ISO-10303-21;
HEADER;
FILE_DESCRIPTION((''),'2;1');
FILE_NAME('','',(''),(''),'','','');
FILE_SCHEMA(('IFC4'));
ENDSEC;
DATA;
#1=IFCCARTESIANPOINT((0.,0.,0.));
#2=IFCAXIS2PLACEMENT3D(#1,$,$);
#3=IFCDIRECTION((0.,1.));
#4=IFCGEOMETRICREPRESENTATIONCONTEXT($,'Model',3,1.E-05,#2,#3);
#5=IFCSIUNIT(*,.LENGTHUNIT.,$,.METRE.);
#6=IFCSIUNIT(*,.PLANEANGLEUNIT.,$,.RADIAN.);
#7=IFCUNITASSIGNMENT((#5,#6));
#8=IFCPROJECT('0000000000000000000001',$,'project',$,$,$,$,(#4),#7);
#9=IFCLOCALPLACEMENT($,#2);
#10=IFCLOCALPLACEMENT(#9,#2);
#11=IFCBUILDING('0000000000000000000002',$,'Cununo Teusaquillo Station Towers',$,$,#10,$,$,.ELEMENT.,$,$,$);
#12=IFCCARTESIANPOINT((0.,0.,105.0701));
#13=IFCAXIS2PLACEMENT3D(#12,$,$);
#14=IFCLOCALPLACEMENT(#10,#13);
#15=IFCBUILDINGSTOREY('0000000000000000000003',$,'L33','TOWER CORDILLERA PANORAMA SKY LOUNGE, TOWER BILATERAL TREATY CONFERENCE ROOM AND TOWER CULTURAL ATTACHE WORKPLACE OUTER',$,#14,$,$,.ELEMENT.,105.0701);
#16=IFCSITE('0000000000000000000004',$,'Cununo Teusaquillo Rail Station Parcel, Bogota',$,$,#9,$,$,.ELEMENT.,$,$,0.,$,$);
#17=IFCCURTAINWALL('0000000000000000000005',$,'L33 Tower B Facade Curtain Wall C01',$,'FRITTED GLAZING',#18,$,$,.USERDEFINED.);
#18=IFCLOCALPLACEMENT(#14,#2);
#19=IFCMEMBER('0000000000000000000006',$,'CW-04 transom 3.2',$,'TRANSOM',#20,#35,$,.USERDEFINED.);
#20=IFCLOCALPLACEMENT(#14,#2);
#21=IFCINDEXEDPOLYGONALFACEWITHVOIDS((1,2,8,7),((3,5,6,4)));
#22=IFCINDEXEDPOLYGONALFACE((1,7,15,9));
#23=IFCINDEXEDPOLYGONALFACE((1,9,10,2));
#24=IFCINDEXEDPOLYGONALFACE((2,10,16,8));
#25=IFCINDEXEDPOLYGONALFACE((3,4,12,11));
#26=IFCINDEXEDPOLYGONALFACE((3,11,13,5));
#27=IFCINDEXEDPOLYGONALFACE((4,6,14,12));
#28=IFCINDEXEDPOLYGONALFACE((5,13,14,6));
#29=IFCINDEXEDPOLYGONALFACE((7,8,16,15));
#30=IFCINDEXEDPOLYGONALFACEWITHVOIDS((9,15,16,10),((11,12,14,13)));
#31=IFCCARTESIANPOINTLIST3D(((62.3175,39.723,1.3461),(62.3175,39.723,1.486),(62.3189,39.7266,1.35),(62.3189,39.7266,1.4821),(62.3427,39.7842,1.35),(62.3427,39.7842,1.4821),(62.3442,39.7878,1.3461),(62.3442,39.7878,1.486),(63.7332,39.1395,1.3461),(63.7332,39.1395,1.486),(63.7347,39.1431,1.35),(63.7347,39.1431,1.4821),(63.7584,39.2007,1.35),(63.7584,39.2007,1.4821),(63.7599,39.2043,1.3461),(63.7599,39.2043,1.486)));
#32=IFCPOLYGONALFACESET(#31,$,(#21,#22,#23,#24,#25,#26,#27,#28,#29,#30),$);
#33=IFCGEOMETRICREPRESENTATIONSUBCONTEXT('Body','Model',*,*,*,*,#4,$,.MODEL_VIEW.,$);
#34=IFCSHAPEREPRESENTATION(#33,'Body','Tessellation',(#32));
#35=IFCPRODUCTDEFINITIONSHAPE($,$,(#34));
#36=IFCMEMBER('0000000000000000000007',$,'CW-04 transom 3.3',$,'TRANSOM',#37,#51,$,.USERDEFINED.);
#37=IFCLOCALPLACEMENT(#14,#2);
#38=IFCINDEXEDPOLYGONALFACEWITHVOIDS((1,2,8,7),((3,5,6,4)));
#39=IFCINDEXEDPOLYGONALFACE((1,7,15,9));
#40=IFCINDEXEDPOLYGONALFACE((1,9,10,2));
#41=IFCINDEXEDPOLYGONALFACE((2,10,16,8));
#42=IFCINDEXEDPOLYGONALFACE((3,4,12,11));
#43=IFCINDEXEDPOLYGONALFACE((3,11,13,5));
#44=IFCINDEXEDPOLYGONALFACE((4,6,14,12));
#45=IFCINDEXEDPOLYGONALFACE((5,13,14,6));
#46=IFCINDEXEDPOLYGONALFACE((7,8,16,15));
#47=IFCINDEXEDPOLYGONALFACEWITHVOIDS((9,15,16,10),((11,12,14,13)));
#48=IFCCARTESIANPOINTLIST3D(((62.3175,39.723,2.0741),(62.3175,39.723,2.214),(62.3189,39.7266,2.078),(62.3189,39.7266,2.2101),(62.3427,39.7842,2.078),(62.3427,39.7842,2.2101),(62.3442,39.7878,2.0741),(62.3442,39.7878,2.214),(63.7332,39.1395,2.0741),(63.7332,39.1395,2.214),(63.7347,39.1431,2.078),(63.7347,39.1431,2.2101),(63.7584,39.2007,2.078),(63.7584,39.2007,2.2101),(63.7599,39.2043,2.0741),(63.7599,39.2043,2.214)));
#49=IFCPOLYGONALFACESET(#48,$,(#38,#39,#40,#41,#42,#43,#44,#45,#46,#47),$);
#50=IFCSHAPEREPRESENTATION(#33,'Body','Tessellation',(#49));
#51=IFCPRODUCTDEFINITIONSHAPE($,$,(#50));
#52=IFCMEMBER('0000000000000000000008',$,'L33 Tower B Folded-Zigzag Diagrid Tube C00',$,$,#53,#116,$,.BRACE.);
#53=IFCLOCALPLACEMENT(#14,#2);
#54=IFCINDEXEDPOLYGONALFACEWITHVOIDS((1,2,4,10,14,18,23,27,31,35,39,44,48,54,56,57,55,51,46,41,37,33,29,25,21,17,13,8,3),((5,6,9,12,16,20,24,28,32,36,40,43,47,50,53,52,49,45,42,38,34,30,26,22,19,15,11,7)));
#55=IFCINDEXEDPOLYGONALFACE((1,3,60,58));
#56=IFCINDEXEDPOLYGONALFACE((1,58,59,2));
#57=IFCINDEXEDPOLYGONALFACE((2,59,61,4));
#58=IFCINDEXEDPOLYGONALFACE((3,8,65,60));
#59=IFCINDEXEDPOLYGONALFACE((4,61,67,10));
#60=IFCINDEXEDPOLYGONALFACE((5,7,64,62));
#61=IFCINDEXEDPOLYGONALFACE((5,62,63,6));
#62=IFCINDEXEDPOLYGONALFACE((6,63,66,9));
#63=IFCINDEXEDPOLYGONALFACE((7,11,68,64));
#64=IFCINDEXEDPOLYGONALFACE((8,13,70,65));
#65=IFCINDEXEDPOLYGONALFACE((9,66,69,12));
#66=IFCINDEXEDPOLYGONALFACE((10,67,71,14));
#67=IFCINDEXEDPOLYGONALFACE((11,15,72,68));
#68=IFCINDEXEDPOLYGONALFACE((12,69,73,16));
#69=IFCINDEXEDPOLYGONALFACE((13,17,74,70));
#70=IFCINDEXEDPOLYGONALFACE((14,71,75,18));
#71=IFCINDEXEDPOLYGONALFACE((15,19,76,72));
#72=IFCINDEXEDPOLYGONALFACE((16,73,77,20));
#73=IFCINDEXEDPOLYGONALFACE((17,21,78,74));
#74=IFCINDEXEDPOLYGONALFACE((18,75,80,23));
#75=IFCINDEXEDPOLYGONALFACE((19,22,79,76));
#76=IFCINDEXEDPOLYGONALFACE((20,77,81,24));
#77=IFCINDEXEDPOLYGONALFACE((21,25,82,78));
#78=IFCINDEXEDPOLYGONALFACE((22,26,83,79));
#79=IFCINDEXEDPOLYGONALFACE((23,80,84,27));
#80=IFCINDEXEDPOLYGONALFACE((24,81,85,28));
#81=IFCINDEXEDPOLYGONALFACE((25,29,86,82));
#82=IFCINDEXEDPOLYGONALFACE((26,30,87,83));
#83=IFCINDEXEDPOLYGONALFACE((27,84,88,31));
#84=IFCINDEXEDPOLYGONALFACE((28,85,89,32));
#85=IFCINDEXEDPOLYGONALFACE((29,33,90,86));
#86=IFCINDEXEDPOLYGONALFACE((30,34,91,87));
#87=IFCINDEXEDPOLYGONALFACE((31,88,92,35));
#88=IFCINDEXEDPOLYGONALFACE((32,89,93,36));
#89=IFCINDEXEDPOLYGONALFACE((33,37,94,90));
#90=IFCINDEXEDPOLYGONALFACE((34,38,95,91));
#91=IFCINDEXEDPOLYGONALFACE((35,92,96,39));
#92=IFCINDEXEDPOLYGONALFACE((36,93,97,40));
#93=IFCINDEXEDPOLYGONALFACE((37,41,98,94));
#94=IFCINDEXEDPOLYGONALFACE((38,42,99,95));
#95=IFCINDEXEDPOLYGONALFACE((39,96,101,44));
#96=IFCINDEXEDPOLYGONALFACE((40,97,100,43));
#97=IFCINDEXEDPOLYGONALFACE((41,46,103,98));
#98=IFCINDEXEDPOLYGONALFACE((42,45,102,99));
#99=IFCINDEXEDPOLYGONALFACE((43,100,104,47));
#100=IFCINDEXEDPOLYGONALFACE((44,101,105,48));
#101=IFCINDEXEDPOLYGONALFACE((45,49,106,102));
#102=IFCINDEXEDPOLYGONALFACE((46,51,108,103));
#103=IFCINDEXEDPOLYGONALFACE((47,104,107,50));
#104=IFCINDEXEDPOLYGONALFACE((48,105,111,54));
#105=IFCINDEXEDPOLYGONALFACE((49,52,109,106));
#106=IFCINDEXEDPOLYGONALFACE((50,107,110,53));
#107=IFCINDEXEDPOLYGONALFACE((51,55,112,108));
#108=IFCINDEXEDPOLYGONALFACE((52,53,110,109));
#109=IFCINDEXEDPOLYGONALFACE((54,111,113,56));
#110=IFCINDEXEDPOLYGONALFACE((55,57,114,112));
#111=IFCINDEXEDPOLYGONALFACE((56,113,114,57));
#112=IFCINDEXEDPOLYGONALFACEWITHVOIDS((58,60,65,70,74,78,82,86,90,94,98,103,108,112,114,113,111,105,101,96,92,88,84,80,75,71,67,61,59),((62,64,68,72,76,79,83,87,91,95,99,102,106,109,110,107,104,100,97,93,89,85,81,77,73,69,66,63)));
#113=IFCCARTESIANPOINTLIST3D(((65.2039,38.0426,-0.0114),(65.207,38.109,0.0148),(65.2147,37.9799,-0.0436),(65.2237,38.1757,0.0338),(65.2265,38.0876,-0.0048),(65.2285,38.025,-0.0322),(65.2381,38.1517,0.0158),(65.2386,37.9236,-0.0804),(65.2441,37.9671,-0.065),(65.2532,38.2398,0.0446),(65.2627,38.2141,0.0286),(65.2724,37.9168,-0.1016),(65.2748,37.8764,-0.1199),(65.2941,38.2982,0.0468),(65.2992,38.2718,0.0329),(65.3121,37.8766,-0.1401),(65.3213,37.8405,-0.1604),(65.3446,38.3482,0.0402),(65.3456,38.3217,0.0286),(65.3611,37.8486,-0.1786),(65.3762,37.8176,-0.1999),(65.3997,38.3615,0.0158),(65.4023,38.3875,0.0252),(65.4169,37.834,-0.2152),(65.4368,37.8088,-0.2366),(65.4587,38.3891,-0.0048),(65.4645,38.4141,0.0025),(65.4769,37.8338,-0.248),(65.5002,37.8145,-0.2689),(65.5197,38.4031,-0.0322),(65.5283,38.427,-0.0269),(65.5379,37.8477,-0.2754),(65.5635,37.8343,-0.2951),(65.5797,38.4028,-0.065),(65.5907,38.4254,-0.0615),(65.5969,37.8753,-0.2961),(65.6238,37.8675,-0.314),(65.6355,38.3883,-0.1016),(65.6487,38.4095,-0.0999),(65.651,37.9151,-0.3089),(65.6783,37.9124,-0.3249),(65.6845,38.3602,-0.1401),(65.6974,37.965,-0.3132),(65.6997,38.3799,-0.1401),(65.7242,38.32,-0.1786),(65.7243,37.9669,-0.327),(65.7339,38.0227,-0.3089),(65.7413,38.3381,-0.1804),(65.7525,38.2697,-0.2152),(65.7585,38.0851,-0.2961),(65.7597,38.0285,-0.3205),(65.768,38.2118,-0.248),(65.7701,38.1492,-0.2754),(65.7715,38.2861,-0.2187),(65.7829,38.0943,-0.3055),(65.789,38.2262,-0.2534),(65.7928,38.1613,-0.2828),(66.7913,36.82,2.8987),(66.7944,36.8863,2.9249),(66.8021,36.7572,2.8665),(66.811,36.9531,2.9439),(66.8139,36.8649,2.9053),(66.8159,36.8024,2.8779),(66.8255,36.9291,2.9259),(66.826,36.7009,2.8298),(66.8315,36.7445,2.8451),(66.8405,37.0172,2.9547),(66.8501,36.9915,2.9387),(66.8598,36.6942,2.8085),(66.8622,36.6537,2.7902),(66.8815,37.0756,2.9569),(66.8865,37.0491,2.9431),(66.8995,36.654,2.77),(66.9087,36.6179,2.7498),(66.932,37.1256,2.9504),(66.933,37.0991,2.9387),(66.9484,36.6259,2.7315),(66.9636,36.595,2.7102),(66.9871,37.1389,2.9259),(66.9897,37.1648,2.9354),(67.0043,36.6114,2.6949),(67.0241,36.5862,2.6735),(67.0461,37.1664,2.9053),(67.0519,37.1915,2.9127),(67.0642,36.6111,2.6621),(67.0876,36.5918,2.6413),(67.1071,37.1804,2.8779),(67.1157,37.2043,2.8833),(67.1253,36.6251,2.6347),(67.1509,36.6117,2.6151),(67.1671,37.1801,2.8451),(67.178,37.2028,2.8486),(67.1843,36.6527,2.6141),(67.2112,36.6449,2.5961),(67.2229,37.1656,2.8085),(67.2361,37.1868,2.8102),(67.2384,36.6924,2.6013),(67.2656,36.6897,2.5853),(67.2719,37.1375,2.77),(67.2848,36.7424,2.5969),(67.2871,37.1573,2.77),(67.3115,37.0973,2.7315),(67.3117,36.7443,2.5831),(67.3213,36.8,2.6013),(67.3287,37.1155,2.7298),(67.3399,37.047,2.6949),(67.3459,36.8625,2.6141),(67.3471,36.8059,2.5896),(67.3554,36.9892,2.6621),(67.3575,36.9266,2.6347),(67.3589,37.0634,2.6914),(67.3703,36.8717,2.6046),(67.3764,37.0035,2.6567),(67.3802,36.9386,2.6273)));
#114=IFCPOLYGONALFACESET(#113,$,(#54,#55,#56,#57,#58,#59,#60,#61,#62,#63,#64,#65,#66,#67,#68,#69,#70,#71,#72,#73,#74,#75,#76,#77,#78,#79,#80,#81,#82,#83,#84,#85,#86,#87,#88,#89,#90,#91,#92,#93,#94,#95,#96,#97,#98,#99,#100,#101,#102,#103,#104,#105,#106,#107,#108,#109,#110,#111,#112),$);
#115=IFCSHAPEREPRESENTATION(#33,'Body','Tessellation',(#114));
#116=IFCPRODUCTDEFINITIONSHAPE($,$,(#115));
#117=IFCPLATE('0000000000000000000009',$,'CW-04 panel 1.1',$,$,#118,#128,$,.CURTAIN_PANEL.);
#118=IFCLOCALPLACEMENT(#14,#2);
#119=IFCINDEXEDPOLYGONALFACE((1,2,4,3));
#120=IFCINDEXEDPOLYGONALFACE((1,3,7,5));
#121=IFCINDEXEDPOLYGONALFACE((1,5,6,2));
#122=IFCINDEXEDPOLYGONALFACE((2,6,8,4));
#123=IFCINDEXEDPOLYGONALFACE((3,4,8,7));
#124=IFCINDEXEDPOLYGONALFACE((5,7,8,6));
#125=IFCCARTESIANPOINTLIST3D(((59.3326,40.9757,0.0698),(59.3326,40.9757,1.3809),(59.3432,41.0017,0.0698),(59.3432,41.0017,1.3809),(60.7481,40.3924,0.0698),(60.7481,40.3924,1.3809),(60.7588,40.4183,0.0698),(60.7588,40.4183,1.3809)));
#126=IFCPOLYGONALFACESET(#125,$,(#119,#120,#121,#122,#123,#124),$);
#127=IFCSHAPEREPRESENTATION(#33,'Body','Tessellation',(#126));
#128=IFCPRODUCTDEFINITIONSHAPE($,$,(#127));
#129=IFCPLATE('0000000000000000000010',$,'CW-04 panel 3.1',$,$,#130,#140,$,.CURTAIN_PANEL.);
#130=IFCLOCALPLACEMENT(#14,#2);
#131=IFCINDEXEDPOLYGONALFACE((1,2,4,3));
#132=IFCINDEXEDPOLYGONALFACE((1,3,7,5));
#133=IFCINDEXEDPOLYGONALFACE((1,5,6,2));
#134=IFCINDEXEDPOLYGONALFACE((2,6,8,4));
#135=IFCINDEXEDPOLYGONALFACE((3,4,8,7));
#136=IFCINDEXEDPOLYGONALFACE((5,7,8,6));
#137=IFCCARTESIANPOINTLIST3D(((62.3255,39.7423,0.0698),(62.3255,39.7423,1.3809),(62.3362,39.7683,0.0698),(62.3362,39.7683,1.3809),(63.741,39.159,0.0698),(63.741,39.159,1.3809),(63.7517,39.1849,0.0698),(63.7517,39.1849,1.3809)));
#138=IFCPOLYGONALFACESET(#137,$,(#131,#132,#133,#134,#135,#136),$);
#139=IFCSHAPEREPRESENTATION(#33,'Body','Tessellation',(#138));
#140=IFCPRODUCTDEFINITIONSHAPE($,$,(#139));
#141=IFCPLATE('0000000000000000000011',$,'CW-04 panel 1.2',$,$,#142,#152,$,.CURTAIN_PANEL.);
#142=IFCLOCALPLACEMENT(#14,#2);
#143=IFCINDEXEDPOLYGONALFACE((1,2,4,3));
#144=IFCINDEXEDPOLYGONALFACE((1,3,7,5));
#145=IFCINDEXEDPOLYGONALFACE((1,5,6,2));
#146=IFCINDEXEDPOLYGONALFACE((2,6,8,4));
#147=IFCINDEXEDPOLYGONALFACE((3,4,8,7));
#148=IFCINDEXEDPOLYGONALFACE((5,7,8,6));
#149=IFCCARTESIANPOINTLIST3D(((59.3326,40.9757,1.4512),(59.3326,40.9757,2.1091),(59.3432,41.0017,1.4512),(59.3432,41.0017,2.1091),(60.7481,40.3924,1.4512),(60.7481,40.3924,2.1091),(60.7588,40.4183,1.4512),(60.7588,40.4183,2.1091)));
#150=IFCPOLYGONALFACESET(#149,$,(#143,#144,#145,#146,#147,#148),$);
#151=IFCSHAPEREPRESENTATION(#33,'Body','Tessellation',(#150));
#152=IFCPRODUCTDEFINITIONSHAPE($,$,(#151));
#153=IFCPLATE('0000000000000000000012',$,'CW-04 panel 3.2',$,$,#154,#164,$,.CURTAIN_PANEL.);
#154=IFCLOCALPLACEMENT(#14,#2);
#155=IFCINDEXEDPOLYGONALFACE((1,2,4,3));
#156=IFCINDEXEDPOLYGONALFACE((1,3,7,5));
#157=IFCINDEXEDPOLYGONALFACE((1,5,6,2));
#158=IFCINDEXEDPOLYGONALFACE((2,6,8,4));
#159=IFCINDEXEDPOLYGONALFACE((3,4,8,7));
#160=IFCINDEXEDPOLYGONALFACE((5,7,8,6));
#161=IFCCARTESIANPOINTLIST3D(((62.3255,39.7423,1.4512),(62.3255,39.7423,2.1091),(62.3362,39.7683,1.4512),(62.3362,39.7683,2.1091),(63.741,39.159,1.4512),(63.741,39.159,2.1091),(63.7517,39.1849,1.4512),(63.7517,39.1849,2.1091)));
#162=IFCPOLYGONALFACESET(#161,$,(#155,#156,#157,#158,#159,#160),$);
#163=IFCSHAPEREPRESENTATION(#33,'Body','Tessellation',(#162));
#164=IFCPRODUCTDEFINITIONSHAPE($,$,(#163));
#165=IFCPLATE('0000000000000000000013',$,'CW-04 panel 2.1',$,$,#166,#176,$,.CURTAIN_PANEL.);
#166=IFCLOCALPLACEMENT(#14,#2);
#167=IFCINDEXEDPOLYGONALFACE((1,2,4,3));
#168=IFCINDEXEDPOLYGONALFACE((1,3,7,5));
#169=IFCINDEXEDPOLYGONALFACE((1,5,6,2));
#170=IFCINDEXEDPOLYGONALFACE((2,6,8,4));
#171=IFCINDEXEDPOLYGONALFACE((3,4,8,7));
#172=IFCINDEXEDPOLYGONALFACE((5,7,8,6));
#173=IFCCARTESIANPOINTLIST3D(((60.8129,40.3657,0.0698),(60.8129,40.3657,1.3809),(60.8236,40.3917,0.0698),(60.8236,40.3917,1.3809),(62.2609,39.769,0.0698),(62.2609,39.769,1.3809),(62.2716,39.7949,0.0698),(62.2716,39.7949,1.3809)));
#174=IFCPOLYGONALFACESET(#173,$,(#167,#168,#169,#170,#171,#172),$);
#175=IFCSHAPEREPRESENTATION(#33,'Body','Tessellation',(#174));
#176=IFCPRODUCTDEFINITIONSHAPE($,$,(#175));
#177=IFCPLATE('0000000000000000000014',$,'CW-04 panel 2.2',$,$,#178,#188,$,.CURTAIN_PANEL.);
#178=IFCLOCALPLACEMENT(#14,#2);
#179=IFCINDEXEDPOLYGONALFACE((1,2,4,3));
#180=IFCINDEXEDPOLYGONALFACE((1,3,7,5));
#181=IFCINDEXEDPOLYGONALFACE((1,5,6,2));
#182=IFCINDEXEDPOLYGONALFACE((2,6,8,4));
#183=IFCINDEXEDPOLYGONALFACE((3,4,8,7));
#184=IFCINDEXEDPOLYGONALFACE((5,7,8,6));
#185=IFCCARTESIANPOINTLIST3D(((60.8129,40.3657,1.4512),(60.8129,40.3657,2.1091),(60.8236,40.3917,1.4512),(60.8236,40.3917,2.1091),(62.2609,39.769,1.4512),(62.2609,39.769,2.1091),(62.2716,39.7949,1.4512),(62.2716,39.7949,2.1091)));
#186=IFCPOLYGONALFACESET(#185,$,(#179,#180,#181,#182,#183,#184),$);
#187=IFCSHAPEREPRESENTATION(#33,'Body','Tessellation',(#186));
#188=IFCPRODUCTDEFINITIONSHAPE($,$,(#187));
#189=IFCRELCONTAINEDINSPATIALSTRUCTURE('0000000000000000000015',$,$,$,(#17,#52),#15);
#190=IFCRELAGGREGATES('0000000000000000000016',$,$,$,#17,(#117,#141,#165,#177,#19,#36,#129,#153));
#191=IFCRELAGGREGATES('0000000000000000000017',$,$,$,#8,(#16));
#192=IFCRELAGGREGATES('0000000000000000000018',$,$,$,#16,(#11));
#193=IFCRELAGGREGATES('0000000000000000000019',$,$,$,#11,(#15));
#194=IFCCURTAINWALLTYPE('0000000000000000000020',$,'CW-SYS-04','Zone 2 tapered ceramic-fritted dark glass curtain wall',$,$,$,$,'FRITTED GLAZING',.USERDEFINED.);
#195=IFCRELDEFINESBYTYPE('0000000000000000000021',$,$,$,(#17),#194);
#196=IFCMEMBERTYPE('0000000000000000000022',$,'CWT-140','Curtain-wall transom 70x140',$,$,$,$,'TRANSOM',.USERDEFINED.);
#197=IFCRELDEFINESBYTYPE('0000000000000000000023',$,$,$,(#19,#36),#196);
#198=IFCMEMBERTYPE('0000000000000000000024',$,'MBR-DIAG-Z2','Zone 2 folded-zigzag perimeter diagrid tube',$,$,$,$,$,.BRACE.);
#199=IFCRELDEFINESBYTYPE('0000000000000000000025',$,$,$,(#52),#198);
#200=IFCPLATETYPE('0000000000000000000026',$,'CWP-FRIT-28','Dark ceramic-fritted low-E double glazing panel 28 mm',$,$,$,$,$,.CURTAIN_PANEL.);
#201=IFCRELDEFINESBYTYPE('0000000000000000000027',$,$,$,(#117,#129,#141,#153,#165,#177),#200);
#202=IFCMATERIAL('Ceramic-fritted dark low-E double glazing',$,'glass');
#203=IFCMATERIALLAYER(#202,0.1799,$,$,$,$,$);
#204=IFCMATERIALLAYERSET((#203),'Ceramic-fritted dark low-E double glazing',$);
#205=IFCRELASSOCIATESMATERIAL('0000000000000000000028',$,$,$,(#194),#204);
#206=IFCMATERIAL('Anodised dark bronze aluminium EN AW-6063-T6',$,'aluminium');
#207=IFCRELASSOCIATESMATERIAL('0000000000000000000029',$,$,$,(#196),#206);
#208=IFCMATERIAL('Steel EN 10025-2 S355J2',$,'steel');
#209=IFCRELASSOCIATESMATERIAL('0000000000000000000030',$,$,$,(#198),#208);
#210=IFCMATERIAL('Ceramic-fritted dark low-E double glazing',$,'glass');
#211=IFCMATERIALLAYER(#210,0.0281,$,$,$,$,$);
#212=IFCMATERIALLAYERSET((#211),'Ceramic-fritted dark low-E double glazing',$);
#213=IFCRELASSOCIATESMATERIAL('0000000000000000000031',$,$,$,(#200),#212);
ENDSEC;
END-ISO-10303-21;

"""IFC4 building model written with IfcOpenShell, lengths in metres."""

from ifc_helpers import new_model, si_unit, direction, frame, origin, origin_2d, place, context, subcontext, project, spatial, rectangle, hollow_rectangle, hollow_circle, extrude, source, transform, mapped, material, layer, layer_set, material_profile, profile_set, type_object, element, aggregate, save


model = new_model("IFC4")

# Units and contexts
model_context = context("Model", 3, precision=1e-05, world=origin(), true_north=direction((0.0, 1.0)))
body_context = subcontext(model_context, "Body", "Model", "MODEL_VIEW")
ifc_project = project(units=[si_unit("LENGTHUNIT", "METRE"), si_unit("PLANEANGLEUNIT", "RADIAN")], contexts=[model_context])

# Site, building, storey
site_placement = place(None, origin())
site = spatial("IfcSite", under=ifc_project, at=site_placement, Name="Cununo Teusaquillo Rail Station Parcel, Bogota", CompositionType="ELEMENT", RefElevation=0.0)
building_placement = place(site_placement, origin())
building = spatial("IfcBuilding", under=site, at=building_placement, Name="Cununo Teusaquillo Station Towers", CompositionType="ELEMENT")
storey_placement = place(building_placement, frame((0.0, 0.0, 105.0701)))
storey = spatial("IfcBuildingStorey", under=building, at=storey_placement, Name="L33", Description="TOWER CORDILLERA PANORAMA SKY LOUNGE, TOWER BILATERAL TREATY CONFERENCE ROOM AND TOWER CULTURAL ATTACHE WORKPLACE OUTER", CompositionType="ELEMENT", Elevation=105.0701)

# Curtain wall, members
ifc_material_1 = material(Name="Ceramic-fritted dark low-E double glazing", Category="glass")
ifc_layer_1 = layer(ifc_material_1, 0.1799)
ifc_layer_set_1 = layer_set([ifc_layer_1], Name="Ceramic-fritted dark low-E double glazing")
curtain_wall_type = type_object("IfcCurtainWallType", Name="CW-SYS-04", Description="Zone 2 tapered ceramic-fritted dark glass curtain wall", ElementType="FRITTED GLAZING", PredefinedType="USERDEFINED", material=ifc_layer_set_1)
curtain_wall_placement = place(storey_placement, origin())
curtain_wall = element("IfcCurtainWall", 1, at=curtain_wall_placement, inside=storey, type_object=curtain_wall_type, Name="L33 Tower B Facade Curtain Wall C01", ObjectType="FRITTED GLAZING", PredefinedType="USERDEFINED")
ifc_material_2 = material(Name="Anodised dark bronze aluminium EN AW-6063-T6", Category="aluminium")
ifc_material_profile_1 = material_profile(ifc_material_2, hollow_rectangle(XDim=0.0701, YDim=0.1399, WallThickness=0.0039, at=origin_2d()), Name="CW-TRAN-70x140")
ifc_profile_set_1 = profile_set([ifc_material_profile_1], Name="Anodised dark bronze aluminium EN AW-6063-T6")
member_type_1 = type_object("IfcMemberType", Name="CWT-140", Description="Curtain-wall transom 70x140", ElementType="TRANSOM", PredefinedType="USERDEFINED", material=ifc_profile_set_1)
member_1_placement = place(storey_placement, frame((62.3308, 39.7554, 1.416), z_axis=(0.924556, -0.381046, 0.0), x_axis=(0.381046, 0.924556, 0.0)))
member_1 = element("IfcMember", 2, at=member_1_placement, type_object=member_type_1, Name="CW-04 transom 3.2", ObjectType="TRANSOM", PredefinedType="USERDEFINED", context=body_context, shape_type="SweptSolid", body=[
    extrude(hollow_rectangle(XDim=0.0701, YDim=0.1399, WallThickness=0.0039, at=origin_2d()), origin(), (0.0, 0.0, 1.0), 1.5312),
])
member_2_placement = place(storey_placement, frame((62.3308, 39.7554, 2.144), z_axis=(0.924556, -0.381046, 0.0), x_axis=(0.381046, 0.924556, 0.0)))
member_2 = element("IfcMember", 3, at=member_2_placement, type_object=member_type_1, Name="CW-04 transom 3.3", ObjectType="TRANSOM", PredefinedType="USERDEFINED", context=body_context, shape_type="SweptSolid", body=[
    extrude(hollow_rectangle(XDim=0.0701, YDim=0.1399, WallThickness=0.0039, at=origin_2d()), origin(), (0.0, 0.0, 1.0), 1.5312),
])

# Member
ifc_material_3 = material(Name="Steel EN 10025-2 S355J2", Category="steel")
ifc_material_profile_2 = material_profile(ifc_material_3, hollow_circle(Radius=0.3301, WallThickness=0.0249, at=origin_2d()), Name="CHS 660x25")
ifc_profile_set_2 = profile_set([ifc_material_profile_2], Name="Steel EN 10025-2 S355J2")
member_type_2 = type_object("IfcMemberType", Name="MBR-DIAG-Z2", Description="Zone 2 folded-zigzag perimeter diagrid tube", PredefinedType="BRACE", material=ifc_profile_set_2)
member_3_placement = place(storey_placement, frame((65.4983, 38.1184, -0.1401), z_axis=(0.449277, -0.346044, 0.823652), x_axis=(0.610205, 0.792243, 0.0)))
element("IfcMember", 4, at=member_3_placement, inside=storey, type_object=member_type_2, Name="L33 Tower B Folded-Zigzag Diagrid Tube C00", PredefinedType="BRACE", context=body_context, shape_type="SweptSolid", body=[
    extrude(hollow_circle(Radius=0.3301, WallThickness=0.0249, at=origin_2d()), origin(), (0.0, 0.0, 1.0), 3.5332),
])

# Plates
ifc_material_4 = material(Name="Ceramic-fritted dark low-E double glazing", Category="glass")
ifc_layer_2 = layer(ifc_material_4, 0.0281)
ifc_layer_set_2 = layer_set([ifc_layer_2], Name="Ceramic-fritted dark low-E double glazing")
plate_type = type_object("IfcPlateType", Name="CWP-FRIT-28", Description="Dark ceramic-fritted low-E double glazing panel 28 mm", PredefinedType="CURTAIN_PANEL", material=ifc_layer_set_2)
shared_shape_1 = source(origin(), body_context, "Body", "SweptSolid", [
    extrude(rectangle(XDim=1.531, YDim=0.0281, at=origin_2d()), origin(), (0.0, 0.0, 1.0), 1.311),
])
plate_1_placement = place(storey_placement, frame((60.0457, 40.697, 0.0698), z_axis=(0.0, 0.0, 1.0), x_axis=(0.924562, -0.381031, 0.0)))
plate_1 = element("IfcPlate", 5, at=plate_1_placement, type_object=plate_type, Name="CW-04 panel 1.1", PredefinedType="CURTAIN_PANEL", context=body_context, shape_type="MappedRepresentation", body=[
    mapped(shared_shape_1, transform((0.0, 0.0, 0.0), x_axis=(1.0, 0.0, 0.0), y_axis=(0.0, 1.0, 0.0), z_axis=(0.0, 0.0, 1.0), scale=1.0)),
])
plate_2_placement = place(storey_placement, frame((63.0386, 39.4636, 0.0698), z_axis=(0.0, 0.0, 1.0), x_axis=(0.924562, -0.381031, 0.0)))
plate_2 = element("IfcPlate", 6, at=plate_2_placement, type_object=plate_type, Name="CW-04 panel 3.1", PredefinedType="CURTAIN_PANEL", context=body_context, shape_type="MappedRepresentation", body=[
    mapped(shared_shape_1, transform((0.0, 0.0, 0.0), x_axis=(1.0, 0.0, 0.0), y_axis=(0.0, 1.0, 0.0), z_axis=(0.0, 0.0, 1.0), scale=1.0)),
])
shared_shape_2 = source(origin(), body_context, "Body", "SweptSolid", [
    extrude(rectangle(XDim=1.531, YDim=0.0281, at=origin_2d()), origin(), (0.0, 0.0, 1.0), 0.658),
])
plate_3_placement = place(storey_placement, frame((60.0457, 40.697, 1.4512), z_axis=(0.0, 0.0, 1.0), x_axis=(0.924562, -0.381031, 0.0)))
plate_3 = element("IfcPlate", 7, at=plate_3_placement, type_object=plate_type, Name="CW-04 panel 1.2", PredefinedType="CURTAIN_PANEL", context=body_context, shape_type="MappedRepresentation", body=[
    mapped(shared_shape_2, transform((0.0, 0.0, 0.0), x_axis=(1.0, 0.0, 0.0), y_axis=(0.0, 1.0, 0.0), z_axis=(0.0, 0.0, 1.0), scale=1.0)),
])
plate_4_placement = place(storey_placement, frame((63.0386, 39.4636, 1.4512), z_axis=(0.0, 0.0, 1.0), x_axis=(0.924562, -0.381031, 0.0)))
plate_4 = element("IfcPlate", 8, at=plate_4_placement, type_object=plate_type, Name="CW-04 panel 3.2", PredefinedType="CURTAIN_PANEL", context=body_context, shape_type="MappedRepresentation", body=[
    mapped(shared_shape_2, transform((0.0, 0.0, 0.0), x_axis=(1.0, 0.0, 0.0), y_axis=(0.0, 1.0, 0.0), z_axis=(0.0, 0.0, 1.0), scale=1.0)),
])
shared_shape_3 = source(origin(), body_context, "Body", "SweptSolid", [
    extrude(rectangle(XDim=1.5662, YDim=0.0281, at=origin_2d()), origin(), (0.0, 0.0, 1.0), 1.311),
])
plate_5_placement = place(storey_placement, frame((61.5422, 40.0803, 0.0698), z_axis=(0.0, 0.0, 1.0), x_axis=(0.924562, -0.381031, 0.0)))
plate_5 = element("IfcPlate", 9, at=plate_5_placement, type_object=plate_type, Name="CW-04 panel 2.1", PredefinedType="CURTAIN_PANEL", context=body_context, shape_type="MappedRepresentation", body=[
    mapped(shared_shape_3, transform((0.0, 0.0, 0.0), x_axis=(1.0, 0.0, 0.0), y_axis=(0.0, 1.0, 0.0), z_axis=(0.0, 0.0, 1.0), scale=1.0)),
])
shared_shape_4 = source(origin(), body_context, "Body", "SweptSolid", [
    extrude(rectangle(XDim=1.5662, YDim=0.0281, at=origin_2d()), origin(), (0.0, 0.0, 1.0), 0.658),
])
plate_6_placement = place(storey_placement, frame((61.5422, 40.0803, 1.4512), z_axis=(0.0, 0.0, 1.0), x_axis=(0.924562, -0.381031, 0.0)))
plate_6 = element("IfcPlate", 10, at=plate_6_placement, type_object=plate_type, Name="CW-04 panel 2.2", PredefinedType="CURTAIN_PANEL", context=body_context, shape_type="MappedRepresentation", body=[
    mapped(shared_shape_4, transform((0.0, 0.0, 0.0), x_axis=(1.0, 0.0, 0.0), y_axis=(0.0, 1.0, 0.0), z_axis=(0.0, 0.0, 1.0), scale=1.0)),
])
aggregate(curtain_wall, [plate_1, plate_3, plate_5, plate_6, member_1, member_2, plate_2, plate_4])

save(model, "model.ifc")
